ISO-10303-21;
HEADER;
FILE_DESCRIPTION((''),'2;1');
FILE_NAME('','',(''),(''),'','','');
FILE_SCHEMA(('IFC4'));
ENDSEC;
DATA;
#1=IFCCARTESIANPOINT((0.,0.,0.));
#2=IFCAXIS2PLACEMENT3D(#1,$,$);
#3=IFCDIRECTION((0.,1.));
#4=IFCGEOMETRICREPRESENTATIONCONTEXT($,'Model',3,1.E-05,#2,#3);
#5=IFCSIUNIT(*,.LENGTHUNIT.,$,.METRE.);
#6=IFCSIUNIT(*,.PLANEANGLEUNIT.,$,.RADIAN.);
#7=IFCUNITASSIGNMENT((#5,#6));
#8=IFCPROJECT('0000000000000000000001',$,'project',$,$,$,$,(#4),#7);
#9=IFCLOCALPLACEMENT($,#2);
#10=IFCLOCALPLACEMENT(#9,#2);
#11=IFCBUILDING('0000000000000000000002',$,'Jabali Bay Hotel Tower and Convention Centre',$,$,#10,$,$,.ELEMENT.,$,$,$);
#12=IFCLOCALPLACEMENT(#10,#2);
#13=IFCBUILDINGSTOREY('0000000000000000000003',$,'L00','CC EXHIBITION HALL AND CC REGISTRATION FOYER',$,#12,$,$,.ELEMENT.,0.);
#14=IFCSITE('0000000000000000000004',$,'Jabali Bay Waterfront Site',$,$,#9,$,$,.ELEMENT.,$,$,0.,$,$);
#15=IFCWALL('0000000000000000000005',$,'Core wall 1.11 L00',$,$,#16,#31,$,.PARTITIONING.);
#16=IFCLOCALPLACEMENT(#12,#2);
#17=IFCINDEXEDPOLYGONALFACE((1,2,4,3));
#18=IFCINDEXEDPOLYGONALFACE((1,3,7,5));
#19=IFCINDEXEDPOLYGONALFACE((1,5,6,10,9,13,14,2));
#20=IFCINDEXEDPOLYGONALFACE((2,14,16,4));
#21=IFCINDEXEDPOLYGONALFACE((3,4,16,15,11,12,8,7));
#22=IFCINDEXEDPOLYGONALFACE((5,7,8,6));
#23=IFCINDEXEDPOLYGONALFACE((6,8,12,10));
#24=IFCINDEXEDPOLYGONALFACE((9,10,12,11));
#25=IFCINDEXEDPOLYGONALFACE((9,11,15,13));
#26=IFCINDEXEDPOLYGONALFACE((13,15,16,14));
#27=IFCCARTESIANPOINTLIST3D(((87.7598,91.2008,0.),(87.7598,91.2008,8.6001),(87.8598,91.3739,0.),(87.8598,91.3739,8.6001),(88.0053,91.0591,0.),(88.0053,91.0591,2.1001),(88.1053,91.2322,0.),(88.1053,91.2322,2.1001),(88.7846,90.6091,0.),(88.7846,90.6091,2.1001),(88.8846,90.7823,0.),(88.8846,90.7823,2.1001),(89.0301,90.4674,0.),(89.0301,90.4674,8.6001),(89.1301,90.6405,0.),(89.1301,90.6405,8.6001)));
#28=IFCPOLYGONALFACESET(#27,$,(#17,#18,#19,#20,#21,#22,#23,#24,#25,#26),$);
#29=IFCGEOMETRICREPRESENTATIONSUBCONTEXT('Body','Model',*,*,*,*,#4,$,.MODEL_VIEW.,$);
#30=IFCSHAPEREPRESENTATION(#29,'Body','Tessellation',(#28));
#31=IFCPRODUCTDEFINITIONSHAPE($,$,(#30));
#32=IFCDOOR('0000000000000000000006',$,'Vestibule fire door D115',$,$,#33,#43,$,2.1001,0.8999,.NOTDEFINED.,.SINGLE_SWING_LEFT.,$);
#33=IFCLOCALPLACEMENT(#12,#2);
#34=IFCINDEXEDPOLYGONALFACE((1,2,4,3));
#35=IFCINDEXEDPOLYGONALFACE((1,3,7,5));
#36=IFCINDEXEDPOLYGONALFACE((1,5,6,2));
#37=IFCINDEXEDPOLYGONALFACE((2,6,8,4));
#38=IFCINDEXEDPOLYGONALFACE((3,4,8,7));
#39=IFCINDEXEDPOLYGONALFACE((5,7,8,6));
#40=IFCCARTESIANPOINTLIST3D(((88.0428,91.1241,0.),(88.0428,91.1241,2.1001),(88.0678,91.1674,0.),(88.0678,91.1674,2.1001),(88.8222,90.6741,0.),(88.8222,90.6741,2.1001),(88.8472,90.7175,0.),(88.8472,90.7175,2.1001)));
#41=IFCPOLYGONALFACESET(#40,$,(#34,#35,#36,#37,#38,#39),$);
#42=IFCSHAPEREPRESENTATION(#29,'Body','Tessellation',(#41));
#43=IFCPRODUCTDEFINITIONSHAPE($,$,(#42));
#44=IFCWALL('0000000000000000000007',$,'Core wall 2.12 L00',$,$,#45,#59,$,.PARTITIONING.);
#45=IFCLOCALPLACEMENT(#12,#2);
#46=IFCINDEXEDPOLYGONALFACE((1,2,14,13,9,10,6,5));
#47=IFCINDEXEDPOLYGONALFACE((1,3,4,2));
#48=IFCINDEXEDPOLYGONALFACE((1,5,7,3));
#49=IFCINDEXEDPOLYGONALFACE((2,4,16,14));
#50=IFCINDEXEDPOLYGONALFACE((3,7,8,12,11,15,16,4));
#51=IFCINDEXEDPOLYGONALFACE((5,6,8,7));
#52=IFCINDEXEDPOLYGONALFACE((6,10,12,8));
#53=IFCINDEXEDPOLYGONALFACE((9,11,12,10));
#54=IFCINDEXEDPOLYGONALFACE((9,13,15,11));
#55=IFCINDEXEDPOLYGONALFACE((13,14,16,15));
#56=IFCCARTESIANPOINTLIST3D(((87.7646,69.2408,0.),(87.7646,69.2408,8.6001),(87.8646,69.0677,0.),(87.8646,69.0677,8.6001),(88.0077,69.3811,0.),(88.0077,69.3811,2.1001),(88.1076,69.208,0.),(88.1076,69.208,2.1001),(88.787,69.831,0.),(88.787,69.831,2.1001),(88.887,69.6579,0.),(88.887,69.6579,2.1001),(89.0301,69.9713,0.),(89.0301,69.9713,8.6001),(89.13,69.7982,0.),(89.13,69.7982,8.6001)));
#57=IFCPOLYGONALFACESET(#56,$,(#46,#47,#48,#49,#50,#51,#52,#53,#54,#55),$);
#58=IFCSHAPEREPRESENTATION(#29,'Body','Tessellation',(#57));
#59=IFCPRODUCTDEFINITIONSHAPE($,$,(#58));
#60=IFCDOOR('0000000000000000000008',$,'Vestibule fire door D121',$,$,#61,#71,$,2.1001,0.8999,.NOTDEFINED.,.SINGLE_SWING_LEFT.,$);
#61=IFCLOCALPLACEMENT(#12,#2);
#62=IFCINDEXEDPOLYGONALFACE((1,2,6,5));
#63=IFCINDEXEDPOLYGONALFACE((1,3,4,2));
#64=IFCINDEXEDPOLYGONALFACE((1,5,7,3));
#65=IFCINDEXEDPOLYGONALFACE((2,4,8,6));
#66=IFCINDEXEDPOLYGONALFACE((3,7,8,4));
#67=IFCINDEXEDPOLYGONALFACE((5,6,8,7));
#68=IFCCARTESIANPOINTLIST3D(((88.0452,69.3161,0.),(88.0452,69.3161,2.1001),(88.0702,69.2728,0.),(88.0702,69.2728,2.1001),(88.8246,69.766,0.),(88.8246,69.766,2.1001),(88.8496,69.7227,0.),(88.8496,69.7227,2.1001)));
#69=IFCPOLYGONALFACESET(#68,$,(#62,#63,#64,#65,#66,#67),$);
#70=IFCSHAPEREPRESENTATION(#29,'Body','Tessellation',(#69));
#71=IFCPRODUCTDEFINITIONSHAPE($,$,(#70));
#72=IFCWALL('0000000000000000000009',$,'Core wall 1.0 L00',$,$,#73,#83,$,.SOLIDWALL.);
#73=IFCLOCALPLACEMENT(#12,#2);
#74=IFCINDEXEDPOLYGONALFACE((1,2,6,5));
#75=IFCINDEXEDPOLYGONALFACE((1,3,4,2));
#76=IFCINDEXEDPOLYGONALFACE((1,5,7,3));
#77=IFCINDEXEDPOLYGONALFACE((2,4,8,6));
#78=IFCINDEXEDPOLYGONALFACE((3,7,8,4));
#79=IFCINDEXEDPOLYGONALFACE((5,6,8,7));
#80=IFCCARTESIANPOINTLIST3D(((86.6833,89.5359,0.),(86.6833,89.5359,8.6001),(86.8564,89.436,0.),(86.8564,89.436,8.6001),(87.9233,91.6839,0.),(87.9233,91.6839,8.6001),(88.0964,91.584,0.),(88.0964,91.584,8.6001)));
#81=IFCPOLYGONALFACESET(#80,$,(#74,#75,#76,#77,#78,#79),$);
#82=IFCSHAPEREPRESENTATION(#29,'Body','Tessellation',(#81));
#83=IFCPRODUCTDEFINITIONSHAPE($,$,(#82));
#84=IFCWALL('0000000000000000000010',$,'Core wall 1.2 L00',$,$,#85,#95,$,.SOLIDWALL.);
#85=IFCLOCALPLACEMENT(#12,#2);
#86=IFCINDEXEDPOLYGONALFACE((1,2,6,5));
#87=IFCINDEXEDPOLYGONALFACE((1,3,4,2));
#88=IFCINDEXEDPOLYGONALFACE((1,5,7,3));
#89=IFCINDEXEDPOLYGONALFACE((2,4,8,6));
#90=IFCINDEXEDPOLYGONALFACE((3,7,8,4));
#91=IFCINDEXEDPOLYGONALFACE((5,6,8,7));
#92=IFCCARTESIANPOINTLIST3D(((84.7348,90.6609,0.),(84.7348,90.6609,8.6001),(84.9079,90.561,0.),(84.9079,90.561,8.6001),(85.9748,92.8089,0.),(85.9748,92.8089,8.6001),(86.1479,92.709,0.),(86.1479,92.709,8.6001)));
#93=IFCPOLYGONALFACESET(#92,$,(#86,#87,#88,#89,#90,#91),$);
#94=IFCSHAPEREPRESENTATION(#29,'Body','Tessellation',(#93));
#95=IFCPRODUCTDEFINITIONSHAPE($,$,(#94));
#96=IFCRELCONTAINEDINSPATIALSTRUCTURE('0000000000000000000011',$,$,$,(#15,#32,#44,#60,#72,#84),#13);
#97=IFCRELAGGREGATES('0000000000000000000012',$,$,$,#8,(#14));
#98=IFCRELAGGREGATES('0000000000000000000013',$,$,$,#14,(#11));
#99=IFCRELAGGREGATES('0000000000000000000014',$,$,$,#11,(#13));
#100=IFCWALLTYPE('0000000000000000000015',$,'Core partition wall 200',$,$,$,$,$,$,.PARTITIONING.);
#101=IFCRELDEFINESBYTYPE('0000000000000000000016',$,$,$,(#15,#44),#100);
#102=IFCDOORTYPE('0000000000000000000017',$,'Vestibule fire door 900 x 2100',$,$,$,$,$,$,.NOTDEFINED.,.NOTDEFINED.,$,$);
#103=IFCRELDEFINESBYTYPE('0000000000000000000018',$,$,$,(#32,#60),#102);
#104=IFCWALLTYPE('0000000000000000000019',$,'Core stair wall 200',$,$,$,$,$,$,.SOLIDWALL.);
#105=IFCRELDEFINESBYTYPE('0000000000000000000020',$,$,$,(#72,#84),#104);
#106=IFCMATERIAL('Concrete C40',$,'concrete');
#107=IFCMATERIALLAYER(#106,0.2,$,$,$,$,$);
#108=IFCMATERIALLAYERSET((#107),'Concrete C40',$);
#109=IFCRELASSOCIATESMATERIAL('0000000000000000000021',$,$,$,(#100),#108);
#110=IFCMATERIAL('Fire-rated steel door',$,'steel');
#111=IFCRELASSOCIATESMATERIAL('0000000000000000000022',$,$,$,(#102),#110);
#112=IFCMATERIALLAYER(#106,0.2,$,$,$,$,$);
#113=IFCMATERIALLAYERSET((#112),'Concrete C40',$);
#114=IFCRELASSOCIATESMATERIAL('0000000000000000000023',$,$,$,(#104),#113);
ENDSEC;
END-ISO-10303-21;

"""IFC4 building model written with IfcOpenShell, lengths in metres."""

from ifc_helpers import new_model, si_unit, direction, frame, frame_2d, origin, place, context, subcontext, project, spatial, rectangle, extrude, material, layer, layer_set, type_object, element, fill, save


model = new_model("IFC4")

# Units and contexts
model_context = context("Model", 3, precision=1e-05, world=origin(), true_north=direction((0.0, 1.0)))
body_context = subcontext(model_context, "Body", "Model", "MODEL_VIEW")
ifc_project = project(units=[si_unit("LENGTHUNIT", "METRE"), si_unit("PLANEANGLEUNIT", "RADIAN")], contexts=[model_context])

# Site, building, storey
site_placement = place(None, origin())
site = spatial("IfcSite", under=ifc_project, at=site_placement, Name="Jabali Bay Waterfront Site", CompositionType="ELEMENT", RefElevation=0.0)
building_placement = place(site_placement, origin())
building = spatial("IfcBuilding", under=site, at=building_placement, Name="Jabali Bay Hotel Tower and Convention Centre", CompositionType="ELEMENT")
storey_placement = place(building_placement, origin())
storey = spatial("IfcBuildingStorey", under=building, at=storey_placement, Name="L00", Description="CC EXHIBITION HALL AND CC REGISTRATION FOYER", CompositionType="ELEMENT", Elevation=0.0)

# Walls, openings, doors
ifc_material_1 = material(Name="Concrete C40", Category="concrete")
ifc_layer_1 = layer(ifc_material_1, 0.2)
ifc_layer_set_1 = layer_set([ifc_layer_1], Name="Concrete C40")
wall_type_1 = type_object("IfcWallType", Name="Core partition wall 200", PredefinedType="PARTITIONING", material=ifc_layer_set_1)
wall_1_placement = place(storey_placement, frame((89.0801, 90.554, 0.0), z_axis=(0.0, 0.0, 1.0), x_axis=(-0.866022, 0.500006, 0.0)))
wall_1 = element("IfcWall", 1, at=wall_1_placement, inside=storey, type_object=wall_type_1, Name="Core wall 1.11 L00", PredefinedType="PARTITIONING", context=body_context, shape_type="SweptSolid", body=[
    extrude(rectangle(XDim=1.4668, YDim=0.2, at=frame_2d((0.7334, 0.0))), origin(), (0.0, 0.0, 1.0), 8.6001),
])
opening_1_placement = place(wall_1_placement, frame((0.2834, 0.0, 0.0)))
opening_1 = element("IfcOpeningElement", 2, at=opening_1_placement, cuts=wall_1, PredefinedType="OPENING", context=body_context, shape_type="SweptSolid", body=[
    extrude(rectangle(XDim=0.8999, YDim=2.1001, at=frame_2d((0.45, 1.05))), frame((0.0, 0.1104, 0.0), z_axis=(0.0, -1.0, 0.0), x_axis=(1.0, 0.0, 0.0)), (0.0, 0.0, 1.0), 0.2209),
])
ifc_material_2 = material(Name="Fire-rated steel door", Category="steel")
door_type_1 = type_object("IfcDoorType", Name="Vestibule fire door 900 x 2100", OperationType="NOTDEFINED", PredefinedType="NOTDEFINED", material=ifc_material_2)
door_1_placement = place(opening_1_placement, origin())
door_1 = element("IfcDoor", 3, at=door_1_placement, inside=storey, type_object=door_type_1, Name="Vestibule fire door D115", OperationType="SINGLE_SWING_LEFT", OverallHeight=2.1001, OverallWidth=0.8999, PredefinedType="NOTDEFINED", context=body_context, shape_type="SweptSolid", body=[
    extrude(rectangle(XDim=0.8999, YDim=2.1001, at=frame_2d((0.45, 1.05))), frame((0.0, 0.0249, 0.0), z_axis=(0.0, -1.0, 0.0), x_axis=(1.0, 0.0, 0.0)), (0.0, 0.0, 1.0), 0.05),
])
fill(opening_1, door_1)
wall_2_placement = place(storey_placement, frame((87.8147, 69.1543, 0.0), z_axis=(0.0, 0.0, 1.0), x_axis=(0.866055, 0.499949, 0.0)))
wall_2 = element("IfcWall", 4, at=wall_2_placement, inside=storey, type_object=wall_type_1, Name="Core wall 2.12 L00", PredefinedType="PARTITIONING", context=body_context, shape_type="SweptSolid", body=[
    extrude(rectangle(XDim=1.4612, YDim=0.2, at=frame_2d((0.7305, 0.0))), origin(), (0.0, 0.0, 1.0), 8.6001),
])
opening_2_placement = place(wall_2_placement, frame((0.2805, 0.0, 0.0)))
opening_2 = element("IfcOpeningElement", 5, at=opening_2_placement, cuts=wall_2, PredefinedType="OPENING", context=body_context, shape_type="SweptSolid", body=[
    extrude(rectangle(XDim=0.8999, YDim=2.1001, at=frame_2d((0.45, 1.05))), frame((0.0, 0.1104, 0.0), z_axis=(0.0, -1.0, 0.0), x_axis=(1.0, 0.0, 0.0)), (0.0, 0.0, 1.0), 0.2209),
])
door_2_placement = place(opening_2_placement, origin())
door_2 = element("IfcDoor", 6, at=door_2_placement, inside=storey, type_object=door_type_1, Name="Vestibule fire door D121", OperationType="SINGLE_SWING_LEFT", OverallHeight=2.1001, OverallWidth=0.8999, PredefinedType="NOTDEFINED", context=body_context, shape_type="SweptSolid", body=[
    extrude(rectangle(XDim=0.8999, YDim=2.1001, at=frame_2d((0.45, 1.05))), frame((0.0, 0.0249, 0.0), z_axis=(0.0, -1.0, 0.0), x_axis=(1.0, 0.0, 0.0)), (0.0, 0.0, 1.0), 0.05),
])
fill(opening_2, door_2)

# Walls
ifc_layer_2 = layer(ifc_material_1, 0.2)
ifc_layer_set_2 = layer_set([ifc_layer_2], Name="Concrete C40")
wall_type_2 = type_object("IfcWallType", Name="Core stair wall 200", PredefinedType="SOLIDWALL", material=ifc_layer_set_2)
for number, where, z_axis, x_axis, name in (
    (7, (86.7698, 89.4858, 0.0), (0.0, 0.0, 1.0), (0.499961, 0.866048, 0.0), "Core wall 1.0 L00"),
    (8, (84.8213, 90.6108, 0.0), (0.0, 0.0, 1.0), (0.499961, 0.866048, 0.0), "Core wall 1.2 L00"),
):
    element("IfcWall", number, at=place(storey_placement, frame(where, z_axis=z_axis, x_axis=x_axis)), inside=storey, type_object=wall_type_2, Name=name, PredefinedType="SOLIDWALL", context=body_context, shape_type="SweptSolid", body=[
        extrude(rectangle(XDim=2.4802, YDim=0.2, at=frame_2d((1.2402, 0.0))), origin(), (0.0, 0.0, 1.0), 8.6001),
    ])

save(model, "model.ifc")
